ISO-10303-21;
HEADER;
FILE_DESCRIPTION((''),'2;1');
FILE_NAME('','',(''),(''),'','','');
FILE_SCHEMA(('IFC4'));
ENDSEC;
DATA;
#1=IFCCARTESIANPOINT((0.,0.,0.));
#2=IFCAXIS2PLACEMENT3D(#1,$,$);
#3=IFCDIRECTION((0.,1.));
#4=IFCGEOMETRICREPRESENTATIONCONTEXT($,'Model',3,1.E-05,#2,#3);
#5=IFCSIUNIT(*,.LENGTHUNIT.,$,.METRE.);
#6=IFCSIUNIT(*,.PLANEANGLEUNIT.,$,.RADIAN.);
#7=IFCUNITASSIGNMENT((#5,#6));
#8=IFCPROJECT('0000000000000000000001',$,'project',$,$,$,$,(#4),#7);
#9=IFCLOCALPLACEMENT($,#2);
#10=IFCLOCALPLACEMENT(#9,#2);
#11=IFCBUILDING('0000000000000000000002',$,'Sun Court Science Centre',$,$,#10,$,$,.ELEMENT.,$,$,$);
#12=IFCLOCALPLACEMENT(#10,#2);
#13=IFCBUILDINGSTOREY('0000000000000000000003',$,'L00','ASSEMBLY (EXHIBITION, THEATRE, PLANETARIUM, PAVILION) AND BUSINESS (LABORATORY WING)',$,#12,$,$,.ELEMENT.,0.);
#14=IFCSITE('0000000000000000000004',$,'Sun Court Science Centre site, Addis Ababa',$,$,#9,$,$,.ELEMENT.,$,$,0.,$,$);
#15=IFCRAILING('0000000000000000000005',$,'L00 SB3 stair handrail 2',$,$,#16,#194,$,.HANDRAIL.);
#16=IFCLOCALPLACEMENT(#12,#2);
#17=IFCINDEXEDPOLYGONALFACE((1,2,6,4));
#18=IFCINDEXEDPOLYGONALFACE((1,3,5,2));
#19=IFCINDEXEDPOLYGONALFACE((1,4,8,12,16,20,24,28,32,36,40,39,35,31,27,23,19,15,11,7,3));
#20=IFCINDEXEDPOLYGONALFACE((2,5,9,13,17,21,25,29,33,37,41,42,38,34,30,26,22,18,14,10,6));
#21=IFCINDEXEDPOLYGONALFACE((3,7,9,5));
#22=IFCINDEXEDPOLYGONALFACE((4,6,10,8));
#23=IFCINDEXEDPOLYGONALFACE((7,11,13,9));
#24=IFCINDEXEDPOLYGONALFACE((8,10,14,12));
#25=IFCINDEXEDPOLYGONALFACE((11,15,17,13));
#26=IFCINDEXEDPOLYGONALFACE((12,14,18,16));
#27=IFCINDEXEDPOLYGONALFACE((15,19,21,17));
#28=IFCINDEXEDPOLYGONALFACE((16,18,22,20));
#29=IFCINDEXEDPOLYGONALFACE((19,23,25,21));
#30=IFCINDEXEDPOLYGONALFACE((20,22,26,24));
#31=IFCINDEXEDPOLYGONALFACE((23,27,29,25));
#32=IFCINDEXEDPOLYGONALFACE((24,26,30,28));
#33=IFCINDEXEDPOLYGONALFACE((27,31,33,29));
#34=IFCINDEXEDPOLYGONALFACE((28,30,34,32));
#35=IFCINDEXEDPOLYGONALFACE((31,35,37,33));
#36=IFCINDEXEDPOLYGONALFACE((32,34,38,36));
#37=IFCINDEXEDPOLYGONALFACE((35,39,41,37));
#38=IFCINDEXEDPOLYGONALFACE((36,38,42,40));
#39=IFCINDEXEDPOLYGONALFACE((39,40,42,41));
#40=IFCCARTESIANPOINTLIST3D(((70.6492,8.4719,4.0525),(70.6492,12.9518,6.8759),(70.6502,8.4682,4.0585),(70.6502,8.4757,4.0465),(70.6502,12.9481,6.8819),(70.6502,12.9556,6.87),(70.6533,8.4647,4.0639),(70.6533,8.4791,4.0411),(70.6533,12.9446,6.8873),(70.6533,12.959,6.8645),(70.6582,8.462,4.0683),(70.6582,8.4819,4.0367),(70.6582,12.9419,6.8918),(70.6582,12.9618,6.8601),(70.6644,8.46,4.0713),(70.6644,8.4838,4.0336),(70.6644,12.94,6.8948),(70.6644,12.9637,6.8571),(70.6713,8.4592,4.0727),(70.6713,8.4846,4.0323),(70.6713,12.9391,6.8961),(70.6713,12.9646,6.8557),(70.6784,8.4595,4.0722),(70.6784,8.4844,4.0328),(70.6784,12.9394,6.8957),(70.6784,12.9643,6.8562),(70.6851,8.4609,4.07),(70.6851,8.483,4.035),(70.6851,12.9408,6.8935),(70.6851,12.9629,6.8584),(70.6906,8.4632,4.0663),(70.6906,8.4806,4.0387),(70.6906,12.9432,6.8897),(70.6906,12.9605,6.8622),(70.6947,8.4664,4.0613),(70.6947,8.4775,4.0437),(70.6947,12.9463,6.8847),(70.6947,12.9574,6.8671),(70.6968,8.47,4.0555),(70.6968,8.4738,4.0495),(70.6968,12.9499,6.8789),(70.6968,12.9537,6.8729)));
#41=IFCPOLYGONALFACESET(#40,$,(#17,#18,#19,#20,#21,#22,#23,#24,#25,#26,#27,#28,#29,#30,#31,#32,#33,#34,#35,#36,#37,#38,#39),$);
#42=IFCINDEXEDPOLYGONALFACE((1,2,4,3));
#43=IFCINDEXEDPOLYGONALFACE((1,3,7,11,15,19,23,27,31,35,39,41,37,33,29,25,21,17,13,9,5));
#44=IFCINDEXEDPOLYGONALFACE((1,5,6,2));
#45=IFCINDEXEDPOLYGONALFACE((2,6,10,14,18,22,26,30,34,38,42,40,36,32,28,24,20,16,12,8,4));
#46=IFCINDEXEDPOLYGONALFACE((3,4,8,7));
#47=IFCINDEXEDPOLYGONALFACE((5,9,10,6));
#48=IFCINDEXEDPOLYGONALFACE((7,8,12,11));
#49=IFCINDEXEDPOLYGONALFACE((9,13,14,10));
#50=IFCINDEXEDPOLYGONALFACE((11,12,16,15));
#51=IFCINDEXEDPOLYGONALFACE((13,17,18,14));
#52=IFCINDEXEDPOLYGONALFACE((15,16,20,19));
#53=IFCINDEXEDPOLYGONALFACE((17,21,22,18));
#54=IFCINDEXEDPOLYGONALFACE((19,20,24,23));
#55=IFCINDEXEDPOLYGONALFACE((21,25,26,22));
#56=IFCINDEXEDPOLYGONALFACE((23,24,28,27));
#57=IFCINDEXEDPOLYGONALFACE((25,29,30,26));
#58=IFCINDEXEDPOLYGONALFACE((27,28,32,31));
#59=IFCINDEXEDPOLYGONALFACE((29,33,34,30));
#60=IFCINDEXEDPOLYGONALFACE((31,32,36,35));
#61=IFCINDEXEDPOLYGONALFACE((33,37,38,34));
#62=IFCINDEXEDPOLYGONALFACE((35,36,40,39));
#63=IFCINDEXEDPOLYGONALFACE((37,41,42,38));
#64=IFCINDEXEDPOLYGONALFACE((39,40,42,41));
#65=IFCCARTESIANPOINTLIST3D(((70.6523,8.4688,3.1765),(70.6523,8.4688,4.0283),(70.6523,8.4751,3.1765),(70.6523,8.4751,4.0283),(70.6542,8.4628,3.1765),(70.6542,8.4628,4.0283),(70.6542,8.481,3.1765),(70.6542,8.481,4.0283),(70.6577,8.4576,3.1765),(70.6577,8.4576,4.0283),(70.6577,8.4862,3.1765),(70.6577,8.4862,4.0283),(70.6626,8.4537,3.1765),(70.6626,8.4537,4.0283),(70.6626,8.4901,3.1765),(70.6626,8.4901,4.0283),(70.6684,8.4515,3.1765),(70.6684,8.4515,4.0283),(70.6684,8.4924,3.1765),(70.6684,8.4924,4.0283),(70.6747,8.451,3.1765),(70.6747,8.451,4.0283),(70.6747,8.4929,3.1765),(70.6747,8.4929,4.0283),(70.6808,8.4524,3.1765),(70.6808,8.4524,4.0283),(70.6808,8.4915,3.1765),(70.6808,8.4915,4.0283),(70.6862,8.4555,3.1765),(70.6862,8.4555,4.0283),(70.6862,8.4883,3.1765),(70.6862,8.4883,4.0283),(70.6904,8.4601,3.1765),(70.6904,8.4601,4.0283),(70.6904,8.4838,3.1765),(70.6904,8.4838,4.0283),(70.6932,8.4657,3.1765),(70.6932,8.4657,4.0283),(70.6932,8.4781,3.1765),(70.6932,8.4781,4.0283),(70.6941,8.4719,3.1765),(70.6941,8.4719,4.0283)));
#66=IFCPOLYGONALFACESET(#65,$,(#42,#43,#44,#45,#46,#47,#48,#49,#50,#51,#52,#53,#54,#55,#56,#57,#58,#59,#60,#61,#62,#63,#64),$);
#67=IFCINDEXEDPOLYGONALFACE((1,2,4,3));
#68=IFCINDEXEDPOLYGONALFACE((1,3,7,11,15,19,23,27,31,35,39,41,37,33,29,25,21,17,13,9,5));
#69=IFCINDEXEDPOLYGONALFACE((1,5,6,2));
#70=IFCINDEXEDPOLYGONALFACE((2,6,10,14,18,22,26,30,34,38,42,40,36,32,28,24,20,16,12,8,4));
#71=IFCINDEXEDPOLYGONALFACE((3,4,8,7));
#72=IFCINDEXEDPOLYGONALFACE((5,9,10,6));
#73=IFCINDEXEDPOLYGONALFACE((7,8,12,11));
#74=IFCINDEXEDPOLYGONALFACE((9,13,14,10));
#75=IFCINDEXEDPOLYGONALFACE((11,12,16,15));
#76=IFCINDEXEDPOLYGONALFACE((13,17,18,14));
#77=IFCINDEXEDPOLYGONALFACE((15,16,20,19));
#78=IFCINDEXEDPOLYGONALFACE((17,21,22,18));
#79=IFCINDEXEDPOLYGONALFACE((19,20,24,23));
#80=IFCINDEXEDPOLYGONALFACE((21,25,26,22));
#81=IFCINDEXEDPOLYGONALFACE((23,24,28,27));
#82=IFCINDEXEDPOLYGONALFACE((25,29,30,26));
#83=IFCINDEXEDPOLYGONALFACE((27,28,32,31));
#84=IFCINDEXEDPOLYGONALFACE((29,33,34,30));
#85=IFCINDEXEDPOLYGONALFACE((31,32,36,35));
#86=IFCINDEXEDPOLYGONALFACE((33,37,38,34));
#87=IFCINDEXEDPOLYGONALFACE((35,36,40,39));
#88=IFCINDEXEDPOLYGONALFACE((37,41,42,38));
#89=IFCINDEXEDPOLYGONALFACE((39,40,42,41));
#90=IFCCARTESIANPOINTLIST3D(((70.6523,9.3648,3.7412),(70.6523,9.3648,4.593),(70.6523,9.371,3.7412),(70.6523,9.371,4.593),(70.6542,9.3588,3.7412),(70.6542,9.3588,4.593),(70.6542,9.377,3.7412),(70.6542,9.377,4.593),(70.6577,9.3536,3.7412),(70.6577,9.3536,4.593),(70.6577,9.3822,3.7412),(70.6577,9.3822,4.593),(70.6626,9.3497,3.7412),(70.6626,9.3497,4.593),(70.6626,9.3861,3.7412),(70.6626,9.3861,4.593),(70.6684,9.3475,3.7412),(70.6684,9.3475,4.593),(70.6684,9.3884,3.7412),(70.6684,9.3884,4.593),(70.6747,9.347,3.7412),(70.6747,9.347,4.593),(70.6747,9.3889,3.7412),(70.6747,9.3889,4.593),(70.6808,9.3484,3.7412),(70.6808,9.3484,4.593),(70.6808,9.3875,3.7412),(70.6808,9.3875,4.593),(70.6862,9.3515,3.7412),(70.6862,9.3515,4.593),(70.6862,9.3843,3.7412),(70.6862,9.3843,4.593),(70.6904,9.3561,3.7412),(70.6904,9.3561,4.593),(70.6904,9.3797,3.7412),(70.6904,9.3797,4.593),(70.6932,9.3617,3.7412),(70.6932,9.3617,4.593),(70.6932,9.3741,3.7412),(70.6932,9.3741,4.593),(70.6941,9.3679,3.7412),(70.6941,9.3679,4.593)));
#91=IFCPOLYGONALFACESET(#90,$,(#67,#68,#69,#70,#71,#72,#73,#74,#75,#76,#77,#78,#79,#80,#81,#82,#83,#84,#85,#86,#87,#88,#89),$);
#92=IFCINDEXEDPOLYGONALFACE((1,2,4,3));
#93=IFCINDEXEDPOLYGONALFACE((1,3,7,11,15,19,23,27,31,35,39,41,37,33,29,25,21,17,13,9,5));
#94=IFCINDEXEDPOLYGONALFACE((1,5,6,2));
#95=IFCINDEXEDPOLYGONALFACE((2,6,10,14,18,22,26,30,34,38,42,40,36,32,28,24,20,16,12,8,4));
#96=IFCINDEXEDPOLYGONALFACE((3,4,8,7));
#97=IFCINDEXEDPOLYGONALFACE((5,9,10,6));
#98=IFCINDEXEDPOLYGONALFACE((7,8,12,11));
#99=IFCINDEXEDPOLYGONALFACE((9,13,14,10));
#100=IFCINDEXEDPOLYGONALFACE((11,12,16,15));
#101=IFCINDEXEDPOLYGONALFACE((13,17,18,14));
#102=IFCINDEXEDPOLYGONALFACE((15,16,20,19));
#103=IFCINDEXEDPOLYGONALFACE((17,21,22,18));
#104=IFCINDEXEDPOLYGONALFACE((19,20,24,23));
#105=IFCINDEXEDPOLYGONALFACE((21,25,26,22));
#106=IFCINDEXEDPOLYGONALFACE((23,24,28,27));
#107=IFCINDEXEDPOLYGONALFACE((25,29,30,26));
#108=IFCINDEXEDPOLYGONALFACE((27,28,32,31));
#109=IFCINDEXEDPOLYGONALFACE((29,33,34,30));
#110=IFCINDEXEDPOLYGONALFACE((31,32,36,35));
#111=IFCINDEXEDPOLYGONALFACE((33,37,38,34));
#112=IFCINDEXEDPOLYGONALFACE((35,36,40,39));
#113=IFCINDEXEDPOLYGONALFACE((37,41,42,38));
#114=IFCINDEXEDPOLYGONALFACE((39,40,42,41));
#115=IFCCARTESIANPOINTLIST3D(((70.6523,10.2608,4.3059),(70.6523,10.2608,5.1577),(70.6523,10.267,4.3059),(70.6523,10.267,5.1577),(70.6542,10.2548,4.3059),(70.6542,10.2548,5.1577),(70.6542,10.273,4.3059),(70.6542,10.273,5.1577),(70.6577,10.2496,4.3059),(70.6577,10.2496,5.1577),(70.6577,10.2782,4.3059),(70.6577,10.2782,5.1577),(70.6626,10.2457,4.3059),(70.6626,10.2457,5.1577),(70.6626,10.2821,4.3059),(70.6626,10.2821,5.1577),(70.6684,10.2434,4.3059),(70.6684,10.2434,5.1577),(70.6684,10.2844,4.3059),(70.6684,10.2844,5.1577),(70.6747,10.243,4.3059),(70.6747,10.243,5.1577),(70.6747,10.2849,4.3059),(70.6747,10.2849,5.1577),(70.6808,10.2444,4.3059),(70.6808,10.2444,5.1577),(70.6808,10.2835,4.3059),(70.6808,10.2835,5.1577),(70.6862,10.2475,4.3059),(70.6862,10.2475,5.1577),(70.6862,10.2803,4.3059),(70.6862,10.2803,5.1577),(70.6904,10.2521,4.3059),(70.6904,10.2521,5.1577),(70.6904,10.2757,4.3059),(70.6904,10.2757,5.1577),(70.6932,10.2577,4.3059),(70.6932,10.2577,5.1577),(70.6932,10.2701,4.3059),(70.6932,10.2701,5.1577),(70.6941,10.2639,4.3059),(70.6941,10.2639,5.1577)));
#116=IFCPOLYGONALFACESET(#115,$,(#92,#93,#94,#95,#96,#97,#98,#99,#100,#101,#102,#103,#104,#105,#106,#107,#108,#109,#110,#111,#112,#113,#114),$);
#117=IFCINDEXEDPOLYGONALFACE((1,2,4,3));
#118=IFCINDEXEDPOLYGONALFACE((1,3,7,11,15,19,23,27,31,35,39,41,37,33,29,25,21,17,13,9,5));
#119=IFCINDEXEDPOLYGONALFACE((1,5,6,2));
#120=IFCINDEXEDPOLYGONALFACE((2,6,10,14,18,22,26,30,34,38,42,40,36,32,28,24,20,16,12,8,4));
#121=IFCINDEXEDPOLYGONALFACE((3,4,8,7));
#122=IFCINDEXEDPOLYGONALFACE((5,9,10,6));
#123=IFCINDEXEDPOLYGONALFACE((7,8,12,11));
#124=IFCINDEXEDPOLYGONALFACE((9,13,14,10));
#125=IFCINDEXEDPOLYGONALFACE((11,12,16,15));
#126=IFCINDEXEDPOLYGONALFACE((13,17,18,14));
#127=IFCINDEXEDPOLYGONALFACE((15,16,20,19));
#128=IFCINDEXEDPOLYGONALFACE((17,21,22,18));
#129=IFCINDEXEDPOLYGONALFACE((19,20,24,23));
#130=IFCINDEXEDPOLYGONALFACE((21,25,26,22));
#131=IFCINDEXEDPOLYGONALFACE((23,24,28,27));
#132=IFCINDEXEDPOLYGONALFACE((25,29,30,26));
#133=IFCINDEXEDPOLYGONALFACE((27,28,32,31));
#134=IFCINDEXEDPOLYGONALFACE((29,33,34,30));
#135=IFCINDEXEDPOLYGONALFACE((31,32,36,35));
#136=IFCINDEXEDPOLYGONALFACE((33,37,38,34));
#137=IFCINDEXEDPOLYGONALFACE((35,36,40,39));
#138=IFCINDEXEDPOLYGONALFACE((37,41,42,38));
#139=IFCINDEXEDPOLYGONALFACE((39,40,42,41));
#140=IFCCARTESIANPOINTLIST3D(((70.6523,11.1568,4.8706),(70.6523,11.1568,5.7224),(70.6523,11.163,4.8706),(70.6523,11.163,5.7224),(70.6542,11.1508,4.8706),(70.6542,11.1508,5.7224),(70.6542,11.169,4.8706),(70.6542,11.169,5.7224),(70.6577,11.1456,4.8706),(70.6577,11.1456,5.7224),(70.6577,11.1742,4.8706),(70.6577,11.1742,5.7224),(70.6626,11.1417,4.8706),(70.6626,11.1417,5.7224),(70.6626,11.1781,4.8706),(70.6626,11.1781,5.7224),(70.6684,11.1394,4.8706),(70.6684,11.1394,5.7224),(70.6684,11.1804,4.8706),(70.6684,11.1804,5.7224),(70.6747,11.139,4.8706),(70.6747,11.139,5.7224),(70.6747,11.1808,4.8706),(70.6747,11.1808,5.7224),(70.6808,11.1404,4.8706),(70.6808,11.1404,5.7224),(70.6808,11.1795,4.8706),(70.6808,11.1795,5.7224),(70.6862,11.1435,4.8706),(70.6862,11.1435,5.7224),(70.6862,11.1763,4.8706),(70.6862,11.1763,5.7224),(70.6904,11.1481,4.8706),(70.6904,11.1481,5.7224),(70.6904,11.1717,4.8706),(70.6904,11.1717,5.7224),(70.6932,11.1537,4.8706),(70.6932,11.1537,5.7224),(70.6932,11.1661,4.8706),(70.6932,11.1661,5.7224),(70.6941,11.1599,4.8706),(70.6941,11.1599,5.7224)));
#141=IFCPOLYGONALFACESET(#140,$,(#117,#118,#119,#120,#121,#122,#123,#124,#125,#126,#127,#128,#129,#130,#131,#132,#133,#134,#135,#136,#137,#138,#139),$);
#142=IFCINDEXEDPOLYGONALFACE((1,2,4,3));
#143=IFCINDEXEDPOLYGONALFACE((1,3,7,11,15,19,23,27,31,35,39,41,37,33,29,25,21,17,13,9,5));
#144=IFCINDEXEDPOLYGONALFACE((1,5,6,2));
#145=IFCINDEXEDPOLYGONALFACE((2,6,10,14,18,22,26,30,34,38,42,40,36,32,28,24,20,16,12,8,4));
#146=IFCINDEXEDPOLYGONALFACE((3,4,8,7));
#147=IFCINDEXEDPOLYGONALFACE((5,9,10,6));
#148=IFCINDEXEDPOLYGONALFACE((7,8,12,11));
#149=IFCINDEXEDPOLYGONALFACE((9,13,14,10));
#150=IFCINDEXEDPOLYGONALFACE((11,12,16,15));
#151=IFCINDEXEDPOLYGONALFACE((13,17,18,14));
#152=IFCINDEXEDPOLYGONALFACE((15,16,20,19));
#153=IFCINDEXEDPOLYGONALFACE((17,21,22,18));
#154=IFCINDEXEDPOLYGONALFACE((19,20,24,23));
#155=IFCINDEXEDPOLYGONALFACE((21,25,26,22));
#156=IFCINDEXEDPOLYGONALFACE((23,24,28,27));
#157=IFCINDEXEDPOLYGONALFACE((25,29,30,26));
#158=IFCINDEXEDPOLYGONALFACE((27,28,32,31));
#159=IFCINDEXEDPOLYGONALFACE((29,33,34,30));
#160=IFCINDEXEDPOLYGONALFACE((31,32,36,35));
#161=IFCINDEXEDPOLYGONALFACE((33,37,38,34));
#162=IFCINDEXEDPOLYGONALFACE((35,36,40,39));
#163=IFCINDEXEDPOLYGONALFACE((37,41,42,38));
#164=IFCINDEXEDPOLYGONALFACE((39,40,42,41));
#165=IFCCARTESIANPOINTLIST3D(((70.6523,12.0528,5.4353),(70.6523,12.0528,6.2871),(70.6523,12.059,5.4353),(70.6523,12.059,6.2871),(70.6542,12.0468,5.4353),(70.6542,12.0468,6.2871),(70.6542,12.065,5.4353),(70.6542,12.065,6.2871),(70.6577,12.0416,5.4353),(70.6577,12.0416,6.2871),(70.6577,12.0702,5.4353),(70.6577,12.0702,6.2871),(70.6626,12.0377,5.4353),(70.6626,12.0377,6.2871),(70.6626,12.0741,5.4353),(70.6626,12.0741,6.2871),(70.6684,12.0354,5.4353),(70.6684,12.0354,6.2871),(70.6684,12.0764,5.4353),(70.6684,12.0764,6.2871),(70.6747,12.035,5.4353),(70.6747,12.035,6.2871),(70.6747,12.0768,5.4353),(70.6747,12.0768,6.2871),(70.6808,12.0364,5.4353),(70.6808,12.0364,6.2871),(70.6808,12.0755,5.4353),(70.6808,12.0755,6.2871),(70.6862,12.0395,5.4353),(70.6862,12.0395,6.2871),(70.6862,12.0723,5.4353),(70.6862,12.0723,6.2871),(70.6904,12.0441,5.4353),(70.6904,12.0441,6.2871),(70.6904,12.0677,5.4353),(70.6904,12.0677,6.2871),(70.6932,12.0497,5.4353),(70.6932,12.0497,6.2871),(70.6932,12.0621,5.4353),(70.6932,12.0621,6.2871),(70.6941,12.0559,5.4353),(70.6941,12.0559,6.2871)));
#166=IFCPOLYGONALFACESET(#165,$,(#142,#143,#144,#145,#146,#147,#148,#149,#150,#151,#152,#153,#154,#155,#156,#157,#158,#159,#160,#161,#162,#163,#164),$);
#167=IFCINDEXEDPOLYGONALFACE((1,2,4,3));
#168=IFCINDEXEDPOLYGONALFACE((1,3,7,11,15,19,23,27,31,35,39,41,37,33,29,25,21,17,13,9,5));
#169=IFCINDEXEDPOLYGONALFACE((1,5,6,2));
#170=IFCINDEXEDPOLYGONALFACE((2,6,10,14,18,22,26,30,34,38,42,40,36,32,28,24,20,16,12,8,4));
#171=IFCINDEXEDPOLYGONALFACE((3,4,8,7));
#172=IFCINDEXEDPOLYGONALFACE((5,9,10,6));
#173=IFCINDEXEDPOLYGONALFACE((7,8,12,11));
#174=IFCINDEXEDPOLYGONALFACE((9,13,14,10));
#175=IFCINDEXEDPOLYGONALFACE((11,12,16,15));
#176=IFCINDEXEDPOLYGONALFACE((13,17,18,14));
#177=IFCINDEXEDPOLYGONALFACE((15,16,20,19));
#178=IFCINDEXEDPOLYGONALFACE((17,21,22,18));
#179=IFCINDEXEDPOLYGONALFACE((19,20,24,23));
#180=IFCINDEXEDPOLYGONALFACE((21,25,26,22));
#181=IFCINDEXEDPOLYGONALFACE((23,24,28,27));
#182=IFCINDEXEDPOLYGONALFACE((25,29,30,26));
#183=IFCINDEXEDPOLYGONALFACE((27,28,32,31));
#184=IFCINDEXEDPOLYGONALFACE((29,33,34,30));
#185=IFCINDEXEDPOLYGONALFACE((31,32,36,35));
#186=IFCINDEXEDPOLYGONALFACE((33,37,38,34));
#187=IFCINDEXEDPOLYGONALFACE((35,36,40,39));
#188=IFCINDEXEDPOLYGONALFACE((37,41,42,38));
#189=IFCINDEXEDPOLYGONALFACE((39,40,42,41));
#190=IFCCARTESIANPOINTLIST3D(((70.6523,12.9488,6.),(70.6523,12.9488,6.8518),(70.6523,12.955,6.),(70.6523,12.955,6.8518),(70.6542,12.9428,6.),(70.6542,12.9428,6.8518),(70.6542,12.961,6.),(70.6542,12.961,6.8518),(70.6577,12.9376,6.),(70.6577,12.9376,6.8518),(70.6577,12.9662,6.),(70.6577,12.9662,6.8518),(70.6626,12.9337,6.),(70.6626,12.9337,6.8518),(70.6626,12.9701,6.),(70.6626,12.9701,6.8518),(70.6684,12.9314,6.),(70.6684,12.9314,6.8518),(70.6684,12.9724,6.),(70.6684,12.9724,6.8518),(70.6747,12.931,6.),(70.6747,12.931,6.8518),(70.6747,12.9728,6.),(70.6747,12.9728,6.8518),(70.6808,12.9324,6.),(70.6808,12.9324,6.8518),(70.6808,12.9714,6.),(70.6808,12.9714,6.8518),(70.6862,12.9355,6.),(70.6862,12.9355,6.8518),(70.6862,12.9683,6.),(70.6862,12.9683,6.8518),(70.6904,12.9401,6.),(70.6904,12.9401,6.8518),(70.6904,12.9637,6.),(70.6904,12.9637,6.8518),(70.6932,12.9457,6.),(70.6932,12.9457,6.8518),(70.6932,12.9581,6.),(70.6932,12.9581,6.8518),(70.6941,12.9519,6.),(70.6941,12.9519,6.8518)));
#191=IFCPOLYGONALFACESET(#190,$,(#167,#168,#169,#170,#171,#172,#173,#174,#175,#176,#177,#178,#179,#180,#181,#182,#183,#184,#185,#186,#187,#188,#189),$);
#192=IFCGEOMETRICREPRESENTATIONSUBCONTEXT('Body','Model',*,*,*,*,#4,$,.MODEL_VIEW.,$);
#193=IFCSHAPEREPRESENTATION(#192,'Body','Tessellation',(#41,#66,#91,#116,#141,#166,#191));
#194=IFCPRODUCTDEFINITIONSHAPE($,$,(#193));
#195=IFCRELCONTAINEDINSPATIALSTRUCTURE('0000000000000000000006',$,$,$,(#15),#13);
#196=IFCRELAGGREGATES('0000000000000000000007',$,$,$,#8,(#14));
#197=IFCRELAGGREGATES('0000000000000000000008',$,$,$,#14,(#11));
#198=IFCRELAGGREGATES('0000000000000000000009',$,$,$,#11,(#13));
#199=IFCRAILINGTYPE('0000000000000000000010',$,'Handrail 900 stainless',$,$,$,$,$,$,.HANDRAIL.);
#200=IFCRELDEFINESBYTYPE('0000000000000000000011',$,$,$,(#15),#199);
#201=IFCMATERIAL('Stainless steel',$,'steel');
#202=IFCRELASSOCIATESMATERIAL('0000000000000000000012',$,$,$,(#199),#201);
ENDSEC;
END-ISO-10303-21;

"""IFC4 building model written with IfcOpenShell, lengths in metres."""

from ifc_helpers import new_model, si_unit, direction, frame, origin, origin_2d, place, context, subcontext, project, spatial, circle, extrude, material, type_object, element, save


model = new_model("IFC4")

# Units and contexts
model_context = context("Model", 3, precision=1e-05, world=origin(), true_north=direction((0.0, 1.0)))
body_context = subcontext(model_context, "Body", "Model", "MODEL_VIEW")
ifc_project = project(units=[si_unit("LENGTHUNIT", "METRE"), si_unit("PLANEANGLEUNIT", "RADIAN")], contexts=[model_context])

# Site, building, storey
site_placement = place(None, origin())
site = spatial("IfcSite", under=ifc_project, at=site_placement, Name="Sun Court Science Centre site, Addis Ababa", CompositionType="ELEMENT", RefElevation=0.0)
building_placement = place(site_placement, origin())
building = spatial("IfcBuilding", under=site, at=building_placement, Name="Sun Court Science Centre", CompositionType="ELEMENT")
storey_placement = place(building_placement, origin())
storey = spatial("IfcBuildingStorey", under=building, at=storey_placement, Name="L00", Description="ASSEMBLY (EXHIBITION, THEATRE, PLANETARIUM, PAVILION) AND BUSINESS (LABORATORY WING)", CompositionType="ELEMENT", Elevation=0.0)

# Railing
ifc_material_1 = material(Name="Stainless steel", Category="steel")
railing_type_1 = type_object("IfcRailingType", Name="Handrail 900 stainless", PredefinedType="HANDRAIL", material=ifc_material_1)
railing_1_placement = place(storey_placement, frame((70.6731, 8.4719, 3.1765)))
element("IfcRailing", 1, at=railing_1_placement, inside=storey, type_object=railing_type_1, Name="L00 SB3 stair handrail 2", PredefinedType="HANDRAIL", context=body_context, shape_type="SweptSolid", body=[
    extrude(circle(Radius=0.0239, at=origin_2d()), frame((0.0, 0.0, 0.876), z_axis=(0.0, 0.845998, 0.533186), x_axis=(-1.0, 0.0, 0.0)), (0.0, 0.0, 1.0), 5.2954),
    extrude(circle(Radius=0.021, at=origin_2d()), origin(), (0.0, 0.0, 1.0), 0.8518),
    extrude(circle(Radius=0.021, at=origin_2d()), frame((0.0, 0.896, 0.5647)), (0.0, 0.0, 1.0), 0.8518),
    extrude(circle(Radius=0.021, at=origin_2d()), frame((0.0, 1.792, 1.1294)), (0.0, 0.0, 1.0), 0.8518),
    extrude(circle(Radius=0.021, at=origin_2d()), frame((0.0, 2.688, 1.6941)), (0.0, 0.0, 1.0), 0.8518),
    extrude(circle(Radius=0.021, at=origin_2d()), frame((0.0, 3.584, 2.2588)), (0.0, 0.0, 1.0), 0.8518),
    extrude(circle(Radius=0.021, at=origin_2d()), frame((0.0, 4.48, 2.8235)), (0.0, 0.0, 1.0), 0.8518),
])

save(model, "model.ifc")
